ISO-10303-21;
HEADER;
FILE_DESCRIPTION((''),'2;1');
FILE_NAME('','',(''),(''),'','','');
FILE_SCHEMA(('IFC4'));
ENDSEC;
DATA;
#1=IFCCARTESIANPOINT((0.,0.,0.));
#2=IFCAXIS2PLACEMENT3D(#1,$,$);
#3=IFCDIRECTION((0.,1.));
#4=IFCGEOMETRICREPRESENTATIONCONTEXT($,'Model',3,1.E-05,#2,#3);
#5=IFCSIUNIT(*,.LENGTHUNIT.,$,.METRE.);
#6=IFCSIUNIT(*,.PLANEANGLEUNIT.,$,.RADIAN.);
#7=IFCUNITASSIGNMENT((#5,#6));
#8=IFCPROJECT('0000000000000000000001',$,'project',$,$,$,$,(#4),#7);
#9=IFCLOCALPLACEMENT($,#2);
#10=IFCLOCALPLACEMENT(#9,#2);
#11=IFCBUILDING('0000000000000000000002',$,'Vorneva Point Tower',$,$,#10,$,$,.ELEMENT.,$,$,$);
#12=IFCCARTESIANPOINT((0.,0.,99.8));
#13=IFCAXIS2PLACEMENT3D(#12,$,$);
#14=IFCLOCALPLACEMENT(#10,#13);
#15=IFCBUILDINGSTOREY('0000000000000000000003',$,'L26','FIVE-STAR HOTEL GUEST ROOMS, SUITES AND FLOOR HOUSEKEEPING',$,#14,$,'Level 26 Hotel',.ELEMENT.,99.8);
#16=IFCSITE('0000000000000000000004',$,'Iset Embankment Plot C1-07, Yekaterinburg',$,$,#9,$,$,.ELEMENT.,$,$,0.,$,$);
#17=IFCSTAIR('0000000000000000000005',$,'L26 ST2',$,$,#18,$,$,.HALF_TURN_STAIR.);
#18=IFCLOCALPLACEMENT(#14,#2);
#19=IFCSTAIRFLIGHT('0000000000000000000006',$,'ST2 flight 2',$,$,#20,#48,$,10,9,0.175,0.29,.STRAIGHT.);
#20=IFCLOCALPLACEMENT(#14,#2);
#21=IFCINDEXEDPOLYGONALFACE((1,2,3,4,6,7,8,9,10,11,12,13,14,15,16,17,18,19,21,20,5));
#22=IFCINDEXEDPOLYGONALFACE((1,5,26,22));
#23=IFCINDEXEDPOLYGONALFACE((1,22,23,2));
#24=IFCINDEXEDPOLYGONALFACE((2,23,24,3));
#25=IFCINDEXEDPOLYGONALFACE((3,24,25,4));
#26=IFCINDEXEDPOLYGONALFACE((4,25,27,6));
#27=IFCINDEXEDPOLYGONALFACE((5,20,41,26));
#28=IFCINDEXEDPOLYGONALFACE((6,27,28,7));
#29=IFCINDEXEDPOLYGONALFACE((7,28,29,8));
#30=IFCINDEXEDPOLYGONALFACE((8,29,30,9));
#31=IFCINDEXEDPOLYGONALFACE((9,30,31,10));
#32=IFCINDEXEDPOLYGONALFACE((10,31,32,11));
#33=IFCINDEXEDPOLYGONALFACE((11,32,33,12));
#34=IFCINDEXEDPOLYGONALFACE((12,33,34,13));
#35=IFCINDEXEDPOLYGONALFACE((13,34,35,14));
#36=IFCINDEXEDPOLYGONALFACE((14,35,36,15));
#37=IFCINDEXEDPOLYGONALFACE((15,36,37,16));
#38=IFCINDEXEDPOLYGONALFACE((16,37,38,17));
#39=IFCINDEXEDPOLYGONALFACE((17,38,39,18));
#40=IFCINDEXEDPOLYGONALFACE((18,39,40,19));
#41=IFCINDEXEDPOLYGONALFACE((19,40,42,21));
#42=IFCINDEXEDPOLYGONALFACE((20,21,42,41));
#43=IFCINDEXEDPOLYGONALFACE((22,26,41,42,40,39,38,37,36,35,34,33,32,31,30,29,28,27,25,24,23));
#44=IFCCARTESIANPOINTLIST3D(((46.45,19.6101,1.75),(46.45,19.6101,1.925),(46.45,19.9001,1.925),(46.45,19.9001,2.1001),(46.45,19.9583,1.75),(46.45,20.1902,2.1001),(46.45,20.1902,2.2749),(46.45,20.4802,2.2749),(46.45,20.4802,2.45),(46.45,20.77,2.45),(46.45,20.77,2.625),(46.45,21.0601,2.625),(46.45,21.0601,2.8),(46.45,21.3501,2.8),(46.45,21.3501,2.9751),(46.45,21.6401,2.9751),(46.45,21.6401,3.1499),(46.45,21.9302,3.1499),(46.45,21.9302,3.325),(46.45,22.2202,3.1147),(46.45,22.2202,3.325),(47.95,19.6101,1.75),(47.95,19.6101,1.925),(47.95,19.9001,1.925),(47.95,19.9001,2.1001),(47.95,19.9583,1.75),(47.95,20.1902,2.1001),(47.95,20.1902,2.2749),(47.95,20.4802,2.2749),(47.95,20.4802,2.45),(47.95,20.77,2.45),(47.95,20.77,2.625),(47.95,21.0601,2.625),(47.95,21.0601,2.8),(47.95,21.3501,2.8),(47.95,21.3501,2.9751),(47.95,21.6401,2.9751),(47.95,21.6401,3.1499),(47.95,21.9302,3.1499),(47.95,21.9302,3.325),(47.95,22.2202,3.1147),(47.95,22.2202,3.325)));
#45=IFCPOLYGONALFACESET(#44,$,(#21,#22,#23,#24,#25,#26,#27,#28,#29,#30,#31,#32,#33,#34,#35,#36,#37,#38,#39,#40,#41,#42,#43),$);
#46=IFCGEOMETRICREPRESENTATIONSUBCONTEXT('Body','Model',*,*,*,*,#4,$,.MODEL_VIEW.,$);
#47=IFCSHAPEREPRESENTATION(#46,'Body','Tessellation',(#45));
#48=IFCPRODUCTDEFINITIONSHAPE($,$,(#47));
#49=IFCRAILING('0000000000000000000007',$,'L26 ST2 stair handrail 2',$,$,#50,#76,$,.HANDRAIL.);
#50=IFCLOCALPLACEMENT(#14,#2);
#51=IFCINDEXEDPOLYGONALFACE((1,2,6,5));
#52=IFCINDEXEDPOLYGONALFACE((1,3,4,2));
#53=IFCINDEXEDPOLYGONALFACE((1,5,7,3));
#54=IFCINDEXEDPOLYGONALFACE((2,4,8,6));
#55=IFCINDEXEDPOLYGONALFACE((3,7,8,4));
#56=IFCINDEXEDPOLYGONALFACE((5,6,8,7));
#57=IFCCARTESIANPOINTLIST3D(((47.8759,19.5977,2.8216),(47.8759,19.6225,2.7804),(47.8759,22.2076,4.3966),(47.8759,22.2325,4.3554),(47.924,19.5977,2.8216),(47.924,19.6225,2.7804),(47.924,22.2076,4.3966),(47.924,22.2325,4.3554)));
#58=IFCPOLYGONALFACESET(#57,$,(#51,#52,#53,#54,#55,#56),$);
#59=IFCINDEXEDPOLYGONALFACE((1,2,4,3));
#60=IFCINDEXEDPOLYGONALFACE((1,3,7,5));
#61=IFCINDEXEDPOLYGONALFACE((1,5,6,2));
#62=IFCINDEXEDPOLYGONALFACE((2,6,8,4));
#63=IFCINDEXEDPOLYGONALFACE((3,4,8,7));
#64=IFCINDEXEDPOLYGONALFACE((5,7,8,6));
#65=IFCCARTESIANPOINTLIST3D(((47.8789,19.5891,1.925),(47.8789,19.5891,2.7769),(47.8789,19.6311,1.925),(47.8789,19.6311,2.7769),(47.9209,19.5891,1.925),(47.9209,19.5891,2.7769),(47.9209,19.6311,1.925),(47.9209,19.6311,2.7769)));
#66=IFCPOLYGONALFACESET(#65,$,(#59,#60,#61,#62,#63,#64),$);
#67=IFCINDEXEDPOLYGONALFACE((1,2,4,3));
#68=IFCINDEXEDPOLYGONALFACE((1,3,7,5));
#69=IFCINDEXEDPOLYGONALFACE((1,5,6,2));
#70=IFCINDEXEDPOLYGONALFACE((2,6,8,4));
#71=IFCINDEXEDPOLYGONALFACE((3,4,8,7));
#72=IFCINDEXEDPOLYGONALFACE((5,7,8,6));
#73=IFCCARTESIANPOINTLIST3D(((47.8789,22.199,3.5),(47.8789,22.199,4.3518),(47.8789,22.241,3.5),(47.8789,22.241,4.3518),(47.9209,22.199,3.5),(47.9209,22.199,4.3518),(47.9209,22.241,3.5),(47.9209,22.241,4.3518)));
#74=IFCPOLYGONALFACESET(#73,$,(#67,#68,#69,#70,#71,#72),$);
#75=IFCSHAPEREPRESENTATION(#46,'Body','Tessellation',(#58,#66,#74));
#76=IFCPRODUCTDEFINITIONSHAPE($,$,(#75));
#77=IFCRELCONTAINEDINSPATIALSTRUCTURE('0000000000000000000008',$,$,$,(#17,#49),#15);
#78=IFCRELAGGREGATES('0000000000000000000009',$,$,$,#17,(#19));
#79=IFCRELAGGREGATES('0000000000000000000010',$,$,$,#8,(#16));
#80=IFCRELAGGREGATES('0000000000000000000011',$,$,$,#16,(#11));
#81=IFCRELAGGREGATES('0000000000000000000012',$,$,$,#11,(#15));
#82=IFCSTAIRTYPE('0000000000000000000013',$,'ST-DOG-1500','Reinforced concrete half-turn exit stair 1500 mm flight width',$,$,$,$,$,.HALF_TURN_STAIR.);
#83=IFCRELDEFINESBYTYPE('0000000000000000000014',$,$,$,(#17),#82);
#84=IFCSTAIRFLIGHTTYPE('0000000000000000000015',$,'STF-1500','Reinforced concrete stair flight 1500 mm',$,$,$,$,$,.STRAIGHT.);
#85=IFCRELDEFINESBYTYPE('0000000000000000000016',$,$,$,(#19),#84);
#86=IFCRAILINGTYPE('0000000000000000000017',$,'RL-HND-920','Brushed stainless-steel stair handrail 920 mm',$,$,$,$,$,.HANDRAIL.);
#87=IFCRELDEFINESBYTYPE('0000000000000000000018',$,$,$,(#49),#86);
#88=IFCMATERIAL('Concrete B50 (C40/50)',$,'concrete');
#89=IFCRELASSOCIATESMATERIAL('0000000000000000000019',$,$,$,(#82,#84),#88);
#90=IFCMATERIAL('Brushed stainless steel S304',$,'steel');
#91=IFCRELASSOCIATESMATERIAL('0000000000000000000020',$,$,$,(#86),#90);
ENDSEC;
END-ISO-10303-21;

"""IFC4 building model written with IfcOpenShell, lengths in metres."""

from ifc_helpers import new_model, si_unit, direction, frame, origin, origin_2d, place, context, subcontext, project, spatial, polyline, rectangle, outline, extrude, material, type_object, element, aggregate, save


model = new_model("IFC4")

# Units and contexts
model_context = context("Model", 3, precision=1e-05, world=origin(), true_north=direction((0.0, 1.0)))
body_context = subcontext(model_context, "Body", "Model", "MODEL_VIEW")
ifc_project = project(units=[si_unit("LENGTHUNIT", "METRE"), si_unit("PLANEANGLEUNIT", "RADIAN")], contexts=[model_context])

# Site, building, storey
site_placement = place(None, origin())
site = spatial("IfcSite", under=ifc_project, at=site_placement, Name="Iset Embankment Plot C1-07, Yekaterinburg", CompositionType="ELEMENT", RefElevation=0.0)
building_placement = place(site_placement, origin())
building = spatial("IfcBuilding", under=site, at=building_placement, Name="Vorneva Point Tower", CompositionType="ELEMENT")
storey_placement = place(building_placement, frame((0.0, 0.0, 99.8)))
storey = spatial("IfcBuildingStorey", under=building, at=storey_placement, Name="L26", Description="FIVE-STAR HOTEL GUEST ROOMS, SUITES AND FLOOR HOUSEKEEPING", LongName="Level 26 Hotel", CompositionType="ELEMENT", Elevation=99.8)

# Shared definitions
ifc_material_1 = material(Name="Concrete B50 (C40/50)", Category="concrete")

# Stair, stair flight
stair_type = type_object("IfcStairType", Name="ST-DOG-1500", Description="Reinforced concrete half-turn exit stair 1500 mm flight width", PredefinedType="HALF_TURN_STAIR", material=ifc_material_1)
stair_placement = place(storey_placement, origin())
stair = element("IfcStair", 1, at=stair_placement, inside=storey, type_object=stair_type, Name="L26 ST2", PredefinedType="HALF_TURN_STAIR")
stair_flight_type = type_object("IfcStairFlightType", Name="STF-1500", Description="Reinforced concrete stair flight 1500 mm", PredefinedType="STRAIGHT", material=ifc_material_1)
stair_flight_placement = place(storey_placement, frame((47.2, 19.6101, 1.75), z_axis=(0.0, 0.0, 1.0), x_axis=(0.0, 1.0, 0.0)))
stair_flight = element("IfcStairFlight", 2, at=stair_flight_placement, type_object=stair_flight_type, Name="ST2 flight 2", NumberOfRisers=10, NumberOfTreads=9, PredefinedType="STRAIGHT", RiserHeight=0.175, TreadLength=0.29, context=body_context, shape_type="SweptSolid", body=[
    extrude(outline(polyline([(0.0, 0.0), (0.0, 0.175), (0.29, 0.175), (0.29, 0.3501), (0.5801, 0.3501), (0.5801, 0.5249), (0.8701, 0.5249), (0.8701, 0.7), (1.1599, 0.7), (1.1599, 0.875), (1.45, 0.875), (1.45, 1.05), (1.74, 1.05), (1.74, 1.2251), (2.03, 1.2251), (2.03, 1.3999), (2.3201, 1.3999), (2.3201, 1.575), (2.6101, 1.575), (2.6101, 1.75), (2.6101, 1.3647), (0.3481, 0.0), (0.0, 0.0)])), frame((0.0, 0.75, 0.0), z_axis=(0.0, -1.0, 0.0), x_axis=(1.0, 0.0, 0.0)), (0.0, 0.0, 1.0), 1.5),
])
aggregate(stair, [stair_flight])

# Railing
ifc_material_2 = material(Name="Brushed stainless steel S304", Category="steel")
railing_type_1 = type_object("IfcRailingType", Name="RL-HND-920", Description="Brushed stainless-steel stair handrail 920 mm", PredefinedType="HANDRAIL", material=ifc_material_2)
railing_1_placement = place(storey_placement, frame((47.8999, 19.6101, 1.925)))
element("IfcRailing", 3, at=railing_1_placement, inside=storey, type_object=railing_type_1, Name="L26 ST2 stair handrail 2", PredefinedType="HANDRAIL", context=body_context, shape_type="SweptSolid", body=[
    extrude(rectangle(XDim=0.0481, YDim=0.0481, at=origin_2d()), frame((0.0, 0.0, 0.876), z_axis=(0.0, 0.856183, 0.516673), x_axis=(-1.0, 0.0, 0.0)), (0.0, 0.0, 1.0), 3.0483),
    extrude(rectangle(XDim=0.042, YDim=0.042, at=origin_2d()), origin(), (0.0, 0.0, 1.0), 0.8518),
    extrude(rectangle(XDim=0.042, YDim=0.042, at=origin_2d()), frame((0.0, 2.6099, 1.575)), (0.0, 0.0, 1.0), 0.8518),
])

save(model, "model.ifc")
